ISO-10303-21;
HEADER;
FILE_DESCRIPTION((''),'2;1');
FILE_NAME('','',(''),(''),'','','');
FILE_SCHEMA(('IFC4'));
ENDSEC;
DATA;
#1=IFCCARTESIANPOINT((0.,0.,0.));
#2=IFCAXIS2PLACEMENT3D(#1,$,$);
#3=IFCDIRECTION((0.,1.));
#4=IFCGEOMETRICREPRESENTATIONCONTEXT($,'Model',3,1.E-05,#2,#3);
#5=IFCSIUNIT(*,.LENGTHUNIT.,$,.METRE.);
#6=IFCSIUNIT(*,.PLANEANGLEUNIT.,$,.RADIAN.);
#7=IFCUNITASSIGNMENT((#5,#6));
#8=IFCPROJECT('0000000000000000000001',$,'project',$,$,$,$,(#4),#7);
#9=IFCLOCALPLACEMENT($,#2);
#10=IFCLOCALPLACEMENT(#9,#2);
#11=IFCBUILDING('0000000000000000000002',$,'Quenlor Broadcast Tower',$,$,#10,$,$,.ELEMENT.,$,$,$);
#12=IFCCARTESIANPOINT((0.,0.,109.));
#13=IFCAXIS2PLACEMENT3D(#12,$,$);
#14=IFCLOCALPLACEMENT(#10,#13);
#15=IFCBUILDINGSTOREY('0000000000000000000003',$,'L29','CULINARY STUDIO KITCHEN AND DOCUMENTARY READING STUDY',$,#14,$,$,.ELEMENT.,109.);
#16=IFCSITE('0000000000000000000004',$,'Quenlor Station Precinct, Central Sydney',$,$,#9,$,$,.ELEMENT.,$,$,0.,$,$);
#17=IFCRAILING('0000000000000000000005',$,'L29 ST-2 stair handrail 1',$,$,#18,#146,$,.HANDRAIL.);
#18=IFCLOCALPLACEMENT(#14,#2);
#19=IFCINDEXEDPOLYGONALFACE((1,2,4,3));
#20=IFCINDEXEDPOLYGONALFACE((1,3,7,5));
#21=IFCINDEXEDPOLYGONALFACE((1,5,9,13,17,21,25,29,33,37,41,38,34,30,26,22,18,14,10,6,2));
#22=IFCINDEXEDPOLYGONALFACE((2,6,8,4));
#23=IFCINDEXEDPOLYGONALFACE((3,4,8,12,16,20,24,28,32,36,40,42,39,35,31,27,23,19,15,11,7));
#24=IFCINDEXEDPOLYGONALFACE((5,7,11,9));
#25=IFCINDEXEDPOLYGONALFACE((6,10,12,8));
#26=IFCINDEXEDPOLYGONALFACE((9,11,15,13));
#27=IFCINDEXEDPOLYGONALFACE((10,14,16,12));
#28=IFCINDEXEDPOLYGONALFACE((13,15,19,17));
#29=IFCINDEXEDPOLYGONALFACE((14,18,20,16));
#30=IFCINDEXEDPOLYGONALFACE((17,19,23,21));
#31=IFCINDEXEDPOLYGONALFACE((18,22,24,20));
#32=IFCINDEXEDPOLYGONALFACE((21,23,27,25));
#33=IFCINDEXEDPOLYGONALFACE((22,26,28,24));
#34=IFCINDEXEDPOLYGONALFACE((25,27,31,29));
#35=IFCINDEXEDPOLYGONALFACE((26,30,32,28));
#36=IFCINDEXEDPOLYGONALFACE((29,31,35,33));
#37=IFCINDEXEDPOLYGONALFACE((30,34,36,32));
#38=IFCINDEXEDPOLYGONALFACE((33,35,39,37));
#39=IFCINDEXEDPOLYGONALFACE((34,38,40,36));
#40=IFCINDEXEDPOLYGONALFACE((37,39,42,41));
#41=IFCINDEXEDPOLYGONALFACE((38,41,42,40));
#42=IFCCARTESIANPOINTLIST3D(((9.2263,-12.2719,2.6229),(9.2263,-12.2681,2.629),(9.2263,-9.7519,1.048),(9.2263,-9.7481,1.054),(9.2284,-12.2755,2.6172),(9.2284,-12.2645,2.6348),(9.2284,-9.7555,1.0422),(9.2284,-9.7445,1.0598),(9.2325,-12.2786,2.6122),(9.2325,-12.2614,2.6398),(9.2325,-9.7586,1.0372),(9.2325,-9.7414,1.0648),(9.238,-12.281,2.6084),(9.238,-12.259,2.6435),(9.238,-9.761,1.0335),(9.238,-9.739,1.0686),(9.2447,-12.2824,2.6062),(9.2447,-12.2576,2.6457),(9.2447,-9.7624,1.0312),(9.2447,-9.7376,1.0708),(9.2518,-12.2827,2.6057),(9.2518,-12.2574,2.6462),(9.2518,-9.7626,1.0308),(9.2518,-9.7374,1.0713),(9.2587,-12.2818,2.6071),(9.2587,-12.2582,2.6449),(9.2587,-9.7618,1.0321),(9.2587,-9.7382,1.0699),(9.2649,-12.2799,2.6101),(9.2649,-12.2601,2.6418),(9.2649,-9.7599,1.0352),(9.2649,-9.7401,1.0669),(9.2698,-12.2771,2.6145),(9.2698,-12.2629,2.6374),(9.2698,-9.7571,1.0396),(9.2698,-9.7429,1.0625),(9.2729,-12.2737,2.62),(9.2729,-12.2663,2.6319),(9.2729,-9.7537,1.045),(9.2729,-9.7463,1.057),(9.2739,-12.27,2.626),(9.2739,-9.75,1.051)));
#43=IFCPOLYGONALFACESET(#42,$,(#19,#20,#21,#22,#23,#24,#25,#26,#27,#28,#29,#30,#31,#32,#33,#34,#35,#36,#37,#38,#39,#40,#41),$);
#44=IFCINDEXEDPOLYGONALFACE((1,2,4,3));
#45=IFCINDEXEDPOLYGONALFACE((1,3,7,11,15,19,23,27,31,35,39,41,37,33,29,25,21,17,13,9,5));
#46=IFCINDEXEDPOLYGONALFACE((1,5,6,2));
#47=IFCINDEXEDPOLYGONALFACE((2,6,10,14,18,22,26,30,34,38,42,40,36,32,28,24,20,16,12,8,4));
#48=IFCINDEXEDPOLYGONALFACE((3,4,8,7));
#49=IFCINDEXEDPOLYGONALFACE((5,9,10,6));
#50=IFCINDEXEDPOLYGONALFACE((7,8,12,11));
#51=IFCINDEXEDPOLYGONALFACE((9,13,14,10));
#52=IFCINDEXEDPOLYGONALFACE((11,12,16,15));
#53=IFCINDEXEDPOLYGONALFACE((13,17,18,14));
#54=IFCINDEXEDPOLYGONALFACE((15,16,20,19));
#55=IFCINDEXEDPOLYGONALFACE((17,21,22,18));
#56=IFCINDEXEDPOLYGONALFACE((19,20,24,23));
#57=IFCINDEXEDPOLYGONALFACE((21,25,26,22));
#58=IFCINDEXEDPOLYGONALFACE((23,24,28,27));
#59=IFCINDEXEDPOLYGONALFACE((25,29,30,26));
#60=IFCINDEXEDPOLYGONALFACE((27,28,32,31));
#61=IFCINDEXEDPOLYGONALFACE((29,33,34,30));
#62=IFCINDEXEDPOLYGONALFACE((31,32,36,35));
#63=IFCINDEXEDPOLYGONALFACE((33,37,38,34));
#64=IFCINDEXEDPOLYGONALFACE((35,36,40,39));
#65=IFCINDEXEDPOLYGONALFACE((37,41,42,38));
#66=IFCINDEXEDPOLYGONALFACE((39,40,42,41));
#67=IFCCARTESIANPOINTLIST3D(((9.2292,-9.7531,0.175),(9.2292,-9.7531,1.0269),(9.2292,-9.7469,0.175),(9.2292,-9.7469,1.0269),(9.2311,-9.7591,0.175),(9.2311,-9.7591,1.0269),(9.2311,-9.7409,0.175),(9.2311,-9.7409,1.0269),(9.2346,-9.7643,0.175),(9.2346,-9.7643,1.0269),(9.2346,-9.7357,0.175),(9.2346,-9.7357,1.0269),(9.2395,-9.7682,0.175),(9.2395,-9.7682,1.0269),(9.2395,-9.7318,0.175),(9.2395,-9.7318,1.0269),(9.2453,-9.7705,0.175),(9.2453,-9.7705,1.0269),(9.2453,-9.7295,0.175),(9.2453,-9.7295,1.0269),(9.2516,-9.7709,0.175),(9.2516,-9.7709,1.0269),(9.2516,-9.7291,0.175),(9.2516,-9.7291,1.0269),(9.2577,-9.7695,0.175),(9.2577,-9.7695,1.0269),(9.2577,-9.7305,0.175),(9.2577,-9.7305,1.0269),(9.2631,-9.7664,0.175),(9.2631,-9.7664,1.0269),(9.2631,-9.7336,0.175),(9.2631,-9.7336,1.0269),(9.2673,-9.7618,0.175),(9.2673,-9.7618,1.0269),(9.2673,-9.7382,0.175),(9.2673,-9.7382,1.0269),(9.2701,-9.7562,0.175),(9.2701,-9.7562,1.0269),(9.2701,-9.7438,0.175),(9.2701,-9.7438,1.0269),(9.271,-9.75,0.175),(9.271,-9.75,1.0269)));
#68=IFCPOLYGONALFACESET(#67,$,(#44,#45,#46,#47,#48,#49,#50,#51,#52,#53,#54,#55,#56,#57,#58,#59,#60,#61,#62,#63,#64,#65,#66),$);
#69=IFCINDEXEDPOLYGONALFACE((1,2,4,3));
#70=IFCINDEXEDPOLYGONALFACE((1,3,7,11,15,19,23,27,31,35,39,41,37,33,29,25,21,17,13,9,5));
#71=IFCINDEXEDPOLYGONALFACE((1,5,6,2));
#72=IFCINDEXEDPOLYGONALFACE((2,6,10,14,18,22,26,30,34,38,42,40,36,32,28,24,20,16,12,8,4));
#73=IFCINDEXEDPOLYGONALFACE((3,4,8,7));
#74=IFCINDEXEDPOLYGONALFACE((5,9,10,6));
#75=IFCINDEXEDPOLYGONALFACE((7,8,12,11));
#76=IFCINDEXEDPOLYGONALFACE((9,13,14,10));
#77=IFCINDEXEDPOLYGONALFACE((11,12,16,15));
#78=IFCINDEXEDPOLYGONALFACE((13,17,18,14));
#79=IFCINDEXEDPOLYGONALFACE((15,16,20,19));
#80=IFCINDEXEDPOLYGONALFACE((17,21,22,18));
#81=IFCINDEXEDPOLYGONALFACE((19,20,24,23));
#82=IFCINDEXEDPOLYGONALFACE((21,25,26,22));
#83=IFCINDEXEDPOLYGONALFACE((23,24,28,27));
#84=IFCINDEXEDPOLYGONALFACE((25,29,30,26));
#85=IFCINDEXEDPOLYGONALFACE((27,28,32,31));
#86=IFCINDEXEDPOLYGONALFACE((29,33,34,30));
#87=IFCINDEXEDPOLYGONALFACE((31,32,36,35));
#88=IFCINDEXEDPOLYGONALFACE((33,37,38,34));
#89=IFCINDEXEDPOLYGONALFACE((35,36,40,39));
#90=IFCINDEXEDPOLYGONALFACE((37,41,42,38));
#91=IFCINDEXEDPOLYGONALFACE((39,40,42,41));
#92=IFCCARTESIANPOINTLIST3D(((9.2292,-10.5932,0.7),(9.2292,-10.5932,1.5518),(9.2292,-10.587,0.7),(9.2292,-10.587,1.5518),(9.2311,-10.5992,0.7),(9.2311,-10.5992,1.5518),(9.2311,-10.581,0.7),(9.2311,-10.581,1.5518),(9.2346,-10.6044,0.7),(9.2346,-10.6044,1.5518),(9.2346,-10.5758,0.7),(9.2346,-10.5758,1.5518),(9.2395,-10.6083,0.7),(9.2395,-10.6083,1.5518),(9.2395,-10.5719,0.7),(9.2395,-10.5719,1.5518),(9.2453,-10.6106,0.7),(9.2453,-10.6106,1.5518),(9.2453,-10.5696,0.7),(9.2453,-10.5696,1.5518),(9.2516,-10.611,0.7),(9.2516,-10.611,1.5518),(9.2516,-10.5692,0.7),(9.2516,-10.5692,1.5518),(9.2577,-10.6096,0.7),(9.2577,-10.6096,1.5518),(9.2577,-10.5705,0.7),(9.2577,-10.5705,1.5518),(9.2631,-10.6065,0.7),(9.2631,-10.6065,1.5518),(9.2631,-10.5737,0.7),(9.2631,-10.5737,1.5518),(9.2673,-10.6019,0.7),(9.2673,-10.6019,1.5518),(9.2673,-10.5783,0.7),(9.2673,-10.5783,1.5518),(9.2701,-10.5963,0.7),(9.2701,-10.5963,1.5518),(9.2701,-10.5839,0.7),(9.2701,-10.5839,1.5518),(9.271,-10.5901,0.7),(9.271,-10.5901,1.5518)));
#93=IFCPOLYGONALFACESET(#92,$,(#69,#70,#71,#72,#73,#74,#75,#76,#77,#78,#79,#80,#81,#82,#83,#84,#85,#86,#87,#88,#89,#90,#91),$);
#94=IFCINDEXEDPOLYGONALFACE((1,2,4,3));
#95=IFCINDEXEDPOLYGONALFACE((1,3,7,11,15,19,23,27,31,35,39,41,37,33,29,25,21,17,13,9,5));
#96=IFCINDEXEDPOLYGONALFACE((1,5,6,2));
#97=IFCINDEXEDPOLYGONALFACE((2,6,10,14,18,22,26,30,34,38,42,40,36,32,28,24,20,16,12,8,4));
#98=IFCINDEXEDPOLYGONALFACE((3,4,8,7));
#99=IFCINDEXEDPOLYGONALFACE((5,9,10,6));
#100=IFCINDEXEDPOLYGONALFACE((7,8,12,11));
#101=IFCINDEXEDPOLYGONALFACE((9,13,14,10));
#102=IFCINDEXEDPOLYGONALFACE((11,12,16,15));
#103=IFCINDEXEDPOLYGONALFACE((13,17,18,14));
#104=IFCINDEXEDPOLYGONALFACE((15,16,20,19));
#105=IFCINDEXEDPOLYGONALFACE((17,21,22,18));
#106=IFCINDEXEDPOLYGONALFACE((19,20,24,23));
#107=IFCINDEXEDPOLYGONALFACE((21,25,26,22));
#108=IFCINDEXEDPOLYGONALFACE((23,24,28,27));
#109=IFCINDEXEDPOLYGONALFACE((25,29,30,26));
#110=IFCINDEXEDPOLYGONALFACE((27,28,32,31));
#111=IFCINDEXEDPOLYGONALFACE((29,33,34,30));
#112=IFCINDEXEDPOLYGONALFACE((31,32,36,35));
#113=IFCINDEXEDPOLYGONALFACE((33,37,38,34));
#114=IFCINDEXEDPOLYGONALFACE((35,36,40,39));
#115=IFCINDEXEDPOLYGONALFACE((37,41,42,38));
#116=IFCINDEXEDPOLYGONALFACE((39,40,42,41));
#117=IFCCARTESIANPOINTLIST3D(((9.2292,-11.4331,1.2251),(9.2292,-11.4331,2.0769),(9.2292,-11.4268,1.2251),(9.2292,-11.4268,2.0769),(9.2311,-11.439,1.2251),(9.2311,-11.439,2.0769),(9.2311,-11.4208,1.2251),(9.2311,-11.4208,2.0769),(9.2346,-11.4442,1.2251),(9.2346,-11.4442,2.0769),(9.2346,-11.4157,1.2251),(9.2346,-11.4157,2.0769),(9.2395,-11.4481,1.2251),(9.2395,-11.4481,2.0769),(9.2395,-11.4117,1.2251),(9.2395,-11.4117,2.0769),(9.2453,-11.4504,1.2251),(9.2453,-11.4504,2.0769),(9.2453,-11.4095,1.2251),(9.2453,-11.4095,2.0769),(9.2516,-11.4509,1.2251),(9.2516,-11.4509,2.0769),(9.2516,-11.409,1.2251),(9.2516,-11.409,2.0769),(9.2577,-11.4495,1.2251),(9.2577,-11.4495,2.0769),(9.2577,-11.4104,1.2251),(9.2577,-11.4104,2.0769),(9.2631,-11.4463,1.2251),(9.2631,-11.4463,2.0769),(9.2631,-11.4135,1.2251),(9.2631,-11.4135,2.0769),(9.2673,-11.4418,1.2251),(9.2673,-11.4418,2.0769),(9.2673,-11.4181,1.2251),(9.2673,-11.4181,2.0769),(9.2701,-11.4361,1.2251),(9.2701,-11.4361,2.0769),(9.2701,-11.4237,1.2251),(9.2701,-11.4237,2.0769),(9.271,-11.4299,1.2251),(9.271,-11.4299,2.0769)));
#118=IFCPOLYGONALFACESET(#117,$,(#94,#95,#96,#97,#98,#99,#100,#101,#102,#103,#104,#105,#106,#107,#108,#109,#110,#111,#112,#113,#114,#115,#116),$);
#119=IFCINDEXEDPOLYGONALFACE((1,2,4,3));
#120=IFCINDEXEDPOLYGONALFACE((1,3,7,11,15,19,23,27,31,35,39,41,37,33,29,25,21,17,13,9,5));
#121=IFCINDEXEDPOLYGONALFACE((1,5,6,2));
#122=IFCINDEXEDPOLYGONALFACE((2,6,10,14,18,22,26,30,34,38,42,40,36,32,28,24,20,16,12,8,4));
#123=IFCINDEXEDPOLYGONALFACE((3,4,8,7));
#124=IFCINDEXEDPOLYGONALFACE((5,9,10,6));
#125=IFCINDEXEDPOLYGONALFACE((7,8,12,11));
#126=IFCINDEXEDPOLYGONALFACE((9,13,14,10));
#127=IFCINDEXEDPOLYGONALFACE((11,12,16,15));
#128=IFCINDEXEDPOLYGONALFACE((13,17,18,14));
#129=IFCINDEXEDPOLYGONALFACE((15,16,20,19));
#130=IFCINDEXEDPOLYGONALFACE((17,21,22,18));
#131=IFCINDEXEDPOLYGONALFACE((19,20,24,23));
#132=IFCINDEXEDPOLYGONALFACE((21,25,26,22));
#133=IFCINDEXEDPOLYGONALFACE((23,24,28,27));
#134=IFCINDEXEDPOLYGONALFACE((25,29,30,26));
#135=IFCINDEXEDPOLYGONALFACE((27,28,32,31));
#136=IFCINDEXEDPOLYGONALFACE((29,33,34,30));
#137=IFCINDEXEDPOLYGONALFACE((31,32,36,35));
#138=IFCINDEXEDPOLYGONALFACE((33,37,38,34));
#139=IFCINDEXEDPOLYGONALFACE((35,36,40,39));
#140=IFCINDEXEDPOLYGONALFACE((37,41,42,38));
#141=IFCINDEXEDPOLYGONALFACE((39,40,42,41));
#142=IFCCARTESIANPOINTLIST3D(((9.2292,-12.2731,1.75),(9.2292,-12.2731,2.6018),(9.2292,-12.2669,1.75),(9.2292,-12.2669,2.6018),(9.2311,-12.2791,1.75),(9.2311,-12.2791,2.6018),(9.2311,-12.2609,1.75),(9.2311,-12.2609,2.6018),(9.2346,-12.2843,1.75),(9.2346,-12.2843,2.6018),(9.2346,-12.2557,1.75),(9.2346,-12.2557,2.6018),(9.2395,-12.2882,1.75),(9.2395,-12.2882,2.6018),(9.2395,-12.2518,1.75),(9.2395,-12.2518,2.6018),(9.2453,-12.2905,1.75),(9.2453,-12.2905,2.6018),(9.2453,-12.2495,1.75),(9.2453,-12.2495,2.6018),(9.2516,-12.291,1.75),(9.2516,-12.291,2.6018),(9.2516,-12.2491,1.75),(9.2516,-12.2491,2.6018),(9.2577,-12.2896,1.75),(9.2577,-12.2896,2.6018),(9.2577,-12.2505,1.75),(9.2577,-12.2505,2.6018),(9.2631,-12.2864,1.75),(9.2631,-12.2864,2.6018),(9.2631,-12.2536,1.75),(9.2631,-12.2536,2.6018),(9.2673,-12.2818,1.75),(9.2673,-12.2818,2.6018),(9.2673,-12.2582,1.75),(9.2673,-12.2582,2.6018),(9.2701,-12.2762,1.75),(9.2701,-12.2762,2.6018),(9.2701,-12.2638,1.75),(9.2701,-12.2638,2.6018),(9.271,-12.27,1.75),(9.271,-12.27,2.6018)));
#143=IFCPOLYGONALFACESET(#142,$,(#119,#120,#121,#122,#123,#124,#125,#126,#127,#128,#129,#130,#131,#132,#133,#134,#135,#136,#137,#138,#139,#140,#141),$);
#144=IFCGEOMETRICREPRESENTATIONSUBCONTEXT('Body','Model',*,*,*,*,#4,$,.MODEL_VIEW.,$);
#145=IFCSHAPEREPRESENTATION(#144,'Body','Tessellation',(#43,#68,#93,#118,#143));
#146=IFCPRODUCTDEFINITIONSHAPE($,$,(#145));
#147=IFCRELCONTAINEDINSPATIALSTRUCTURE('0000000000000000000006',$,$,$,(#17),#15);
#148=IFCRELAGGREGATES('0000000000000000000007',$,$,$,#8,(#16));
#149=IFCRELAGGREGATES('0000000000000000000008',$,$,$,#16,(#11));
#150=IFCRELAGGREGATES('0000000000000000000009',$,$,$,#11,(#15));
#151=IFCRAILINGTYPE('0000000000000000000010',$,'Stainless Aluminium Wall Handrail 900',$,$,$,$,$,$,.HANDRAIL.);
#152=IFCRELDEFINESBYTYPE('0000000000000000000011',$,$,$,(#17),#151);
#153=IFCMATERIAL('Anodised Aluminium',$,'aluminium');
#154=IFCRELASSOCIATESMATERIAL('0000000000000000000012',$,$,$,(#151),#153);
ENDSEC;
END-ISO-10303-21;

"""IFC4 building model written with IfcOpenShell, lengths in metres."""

from ifc_helpers import new_model, si_unit, direction, frame, origin, origin_2d, place, context, subcontext, project, spatial, circle, extrude, material, type_object, element, save


model = new_model("IFC4")

# Units and contexts
model_context = context("Model", 3, precision=1e-05, world=origin(), true_north=direction((0.0, 1.0)))
body_context = subcontext(model_context, "Body", "Model", "MODEL_VIEW")
ifc_project = project(units=[si_unit("LENGTHUNIT", "METRE"), si_unit("PLANEANGLEUNIT", "RADIAN")], contexts=[model_context])

# Site, building, storey
site_placement = place(None, origin())
site = spatial("IfcSite", under=ifc_project, at=site_placement, Name="Quenlor Station Precinct, Central Sydney", CompositionType="ELEMENT", RefElevation=0.0)
building_placement = place(site_placement, origin())
building = spatial("IfcBuilding", under=site, at=building_placement, Name="Quenlor Broadcast Tower", CompositionType="ELEMENT")
storey_placement = place(building_placement, frame((0.0, 0.0, 109.0)))
storey = spatial("IfcBuildingStorey", under=building, at=storey_placement, Name="L29", Description="CULINARY STUDIO KITCHEN AND DOCUMENTARY READING STUDY", CompositionType="ELEMENT", Elevation=109.0)

# Railing
ifc_material_1 = material(Name="Anodised Aluminium", Category="aluminium")
railing_type_1 = type_object("IfcRailingType", Name="Stainless Aluminium Wall Handrail 900", PredefinedType="HANDRAIL", material=ifc_material_1)
railing_1_placement = place(storey_placement, frame((9.25, -9.75, 0.175)))
element("IfcRailing", 1, at=railing_1_placement, inside=storey, type_object=railing_type_1, Name="L29 ST-2 stair handrail 1", PredefinedType="HANDRAIL", context=body_context, shape_type="SweptSolid", body=[
    extrude(circle(Radius=0.0239, at=origin_2d()), frame((0.0, 0.0, 0.876), z_axis=(0.0, -0.848008, 0.529984), x_axis=(1.0, 0.0, 0.0)), (0.0, 0.0, 1.0), 2.9717),
    extrude(circle(Radius=0.021, at=origin_2d()), origin(), (0.0, 0.0, 1.0), 0.8518),
    extrude(circle(Radius=0.021, at=origin_2d()), frame((0.0, -0.8401, 0.5249)), (0.0, 0.0, 1.0), 0.8518),
    extrude(circle(Radius=0.021, at=origin_2d()), frame((0.0, -1.6799, 1.05)), (0.0, 0.0, 1.0), 0.8518),
    extrude(circle(Radius=0.021, at=origin_2d()), frame((0.0, -2.52, 1.575)), (0.0, 0.0, 1.0), 0.8518),
])

save(model, "model.ifc")
